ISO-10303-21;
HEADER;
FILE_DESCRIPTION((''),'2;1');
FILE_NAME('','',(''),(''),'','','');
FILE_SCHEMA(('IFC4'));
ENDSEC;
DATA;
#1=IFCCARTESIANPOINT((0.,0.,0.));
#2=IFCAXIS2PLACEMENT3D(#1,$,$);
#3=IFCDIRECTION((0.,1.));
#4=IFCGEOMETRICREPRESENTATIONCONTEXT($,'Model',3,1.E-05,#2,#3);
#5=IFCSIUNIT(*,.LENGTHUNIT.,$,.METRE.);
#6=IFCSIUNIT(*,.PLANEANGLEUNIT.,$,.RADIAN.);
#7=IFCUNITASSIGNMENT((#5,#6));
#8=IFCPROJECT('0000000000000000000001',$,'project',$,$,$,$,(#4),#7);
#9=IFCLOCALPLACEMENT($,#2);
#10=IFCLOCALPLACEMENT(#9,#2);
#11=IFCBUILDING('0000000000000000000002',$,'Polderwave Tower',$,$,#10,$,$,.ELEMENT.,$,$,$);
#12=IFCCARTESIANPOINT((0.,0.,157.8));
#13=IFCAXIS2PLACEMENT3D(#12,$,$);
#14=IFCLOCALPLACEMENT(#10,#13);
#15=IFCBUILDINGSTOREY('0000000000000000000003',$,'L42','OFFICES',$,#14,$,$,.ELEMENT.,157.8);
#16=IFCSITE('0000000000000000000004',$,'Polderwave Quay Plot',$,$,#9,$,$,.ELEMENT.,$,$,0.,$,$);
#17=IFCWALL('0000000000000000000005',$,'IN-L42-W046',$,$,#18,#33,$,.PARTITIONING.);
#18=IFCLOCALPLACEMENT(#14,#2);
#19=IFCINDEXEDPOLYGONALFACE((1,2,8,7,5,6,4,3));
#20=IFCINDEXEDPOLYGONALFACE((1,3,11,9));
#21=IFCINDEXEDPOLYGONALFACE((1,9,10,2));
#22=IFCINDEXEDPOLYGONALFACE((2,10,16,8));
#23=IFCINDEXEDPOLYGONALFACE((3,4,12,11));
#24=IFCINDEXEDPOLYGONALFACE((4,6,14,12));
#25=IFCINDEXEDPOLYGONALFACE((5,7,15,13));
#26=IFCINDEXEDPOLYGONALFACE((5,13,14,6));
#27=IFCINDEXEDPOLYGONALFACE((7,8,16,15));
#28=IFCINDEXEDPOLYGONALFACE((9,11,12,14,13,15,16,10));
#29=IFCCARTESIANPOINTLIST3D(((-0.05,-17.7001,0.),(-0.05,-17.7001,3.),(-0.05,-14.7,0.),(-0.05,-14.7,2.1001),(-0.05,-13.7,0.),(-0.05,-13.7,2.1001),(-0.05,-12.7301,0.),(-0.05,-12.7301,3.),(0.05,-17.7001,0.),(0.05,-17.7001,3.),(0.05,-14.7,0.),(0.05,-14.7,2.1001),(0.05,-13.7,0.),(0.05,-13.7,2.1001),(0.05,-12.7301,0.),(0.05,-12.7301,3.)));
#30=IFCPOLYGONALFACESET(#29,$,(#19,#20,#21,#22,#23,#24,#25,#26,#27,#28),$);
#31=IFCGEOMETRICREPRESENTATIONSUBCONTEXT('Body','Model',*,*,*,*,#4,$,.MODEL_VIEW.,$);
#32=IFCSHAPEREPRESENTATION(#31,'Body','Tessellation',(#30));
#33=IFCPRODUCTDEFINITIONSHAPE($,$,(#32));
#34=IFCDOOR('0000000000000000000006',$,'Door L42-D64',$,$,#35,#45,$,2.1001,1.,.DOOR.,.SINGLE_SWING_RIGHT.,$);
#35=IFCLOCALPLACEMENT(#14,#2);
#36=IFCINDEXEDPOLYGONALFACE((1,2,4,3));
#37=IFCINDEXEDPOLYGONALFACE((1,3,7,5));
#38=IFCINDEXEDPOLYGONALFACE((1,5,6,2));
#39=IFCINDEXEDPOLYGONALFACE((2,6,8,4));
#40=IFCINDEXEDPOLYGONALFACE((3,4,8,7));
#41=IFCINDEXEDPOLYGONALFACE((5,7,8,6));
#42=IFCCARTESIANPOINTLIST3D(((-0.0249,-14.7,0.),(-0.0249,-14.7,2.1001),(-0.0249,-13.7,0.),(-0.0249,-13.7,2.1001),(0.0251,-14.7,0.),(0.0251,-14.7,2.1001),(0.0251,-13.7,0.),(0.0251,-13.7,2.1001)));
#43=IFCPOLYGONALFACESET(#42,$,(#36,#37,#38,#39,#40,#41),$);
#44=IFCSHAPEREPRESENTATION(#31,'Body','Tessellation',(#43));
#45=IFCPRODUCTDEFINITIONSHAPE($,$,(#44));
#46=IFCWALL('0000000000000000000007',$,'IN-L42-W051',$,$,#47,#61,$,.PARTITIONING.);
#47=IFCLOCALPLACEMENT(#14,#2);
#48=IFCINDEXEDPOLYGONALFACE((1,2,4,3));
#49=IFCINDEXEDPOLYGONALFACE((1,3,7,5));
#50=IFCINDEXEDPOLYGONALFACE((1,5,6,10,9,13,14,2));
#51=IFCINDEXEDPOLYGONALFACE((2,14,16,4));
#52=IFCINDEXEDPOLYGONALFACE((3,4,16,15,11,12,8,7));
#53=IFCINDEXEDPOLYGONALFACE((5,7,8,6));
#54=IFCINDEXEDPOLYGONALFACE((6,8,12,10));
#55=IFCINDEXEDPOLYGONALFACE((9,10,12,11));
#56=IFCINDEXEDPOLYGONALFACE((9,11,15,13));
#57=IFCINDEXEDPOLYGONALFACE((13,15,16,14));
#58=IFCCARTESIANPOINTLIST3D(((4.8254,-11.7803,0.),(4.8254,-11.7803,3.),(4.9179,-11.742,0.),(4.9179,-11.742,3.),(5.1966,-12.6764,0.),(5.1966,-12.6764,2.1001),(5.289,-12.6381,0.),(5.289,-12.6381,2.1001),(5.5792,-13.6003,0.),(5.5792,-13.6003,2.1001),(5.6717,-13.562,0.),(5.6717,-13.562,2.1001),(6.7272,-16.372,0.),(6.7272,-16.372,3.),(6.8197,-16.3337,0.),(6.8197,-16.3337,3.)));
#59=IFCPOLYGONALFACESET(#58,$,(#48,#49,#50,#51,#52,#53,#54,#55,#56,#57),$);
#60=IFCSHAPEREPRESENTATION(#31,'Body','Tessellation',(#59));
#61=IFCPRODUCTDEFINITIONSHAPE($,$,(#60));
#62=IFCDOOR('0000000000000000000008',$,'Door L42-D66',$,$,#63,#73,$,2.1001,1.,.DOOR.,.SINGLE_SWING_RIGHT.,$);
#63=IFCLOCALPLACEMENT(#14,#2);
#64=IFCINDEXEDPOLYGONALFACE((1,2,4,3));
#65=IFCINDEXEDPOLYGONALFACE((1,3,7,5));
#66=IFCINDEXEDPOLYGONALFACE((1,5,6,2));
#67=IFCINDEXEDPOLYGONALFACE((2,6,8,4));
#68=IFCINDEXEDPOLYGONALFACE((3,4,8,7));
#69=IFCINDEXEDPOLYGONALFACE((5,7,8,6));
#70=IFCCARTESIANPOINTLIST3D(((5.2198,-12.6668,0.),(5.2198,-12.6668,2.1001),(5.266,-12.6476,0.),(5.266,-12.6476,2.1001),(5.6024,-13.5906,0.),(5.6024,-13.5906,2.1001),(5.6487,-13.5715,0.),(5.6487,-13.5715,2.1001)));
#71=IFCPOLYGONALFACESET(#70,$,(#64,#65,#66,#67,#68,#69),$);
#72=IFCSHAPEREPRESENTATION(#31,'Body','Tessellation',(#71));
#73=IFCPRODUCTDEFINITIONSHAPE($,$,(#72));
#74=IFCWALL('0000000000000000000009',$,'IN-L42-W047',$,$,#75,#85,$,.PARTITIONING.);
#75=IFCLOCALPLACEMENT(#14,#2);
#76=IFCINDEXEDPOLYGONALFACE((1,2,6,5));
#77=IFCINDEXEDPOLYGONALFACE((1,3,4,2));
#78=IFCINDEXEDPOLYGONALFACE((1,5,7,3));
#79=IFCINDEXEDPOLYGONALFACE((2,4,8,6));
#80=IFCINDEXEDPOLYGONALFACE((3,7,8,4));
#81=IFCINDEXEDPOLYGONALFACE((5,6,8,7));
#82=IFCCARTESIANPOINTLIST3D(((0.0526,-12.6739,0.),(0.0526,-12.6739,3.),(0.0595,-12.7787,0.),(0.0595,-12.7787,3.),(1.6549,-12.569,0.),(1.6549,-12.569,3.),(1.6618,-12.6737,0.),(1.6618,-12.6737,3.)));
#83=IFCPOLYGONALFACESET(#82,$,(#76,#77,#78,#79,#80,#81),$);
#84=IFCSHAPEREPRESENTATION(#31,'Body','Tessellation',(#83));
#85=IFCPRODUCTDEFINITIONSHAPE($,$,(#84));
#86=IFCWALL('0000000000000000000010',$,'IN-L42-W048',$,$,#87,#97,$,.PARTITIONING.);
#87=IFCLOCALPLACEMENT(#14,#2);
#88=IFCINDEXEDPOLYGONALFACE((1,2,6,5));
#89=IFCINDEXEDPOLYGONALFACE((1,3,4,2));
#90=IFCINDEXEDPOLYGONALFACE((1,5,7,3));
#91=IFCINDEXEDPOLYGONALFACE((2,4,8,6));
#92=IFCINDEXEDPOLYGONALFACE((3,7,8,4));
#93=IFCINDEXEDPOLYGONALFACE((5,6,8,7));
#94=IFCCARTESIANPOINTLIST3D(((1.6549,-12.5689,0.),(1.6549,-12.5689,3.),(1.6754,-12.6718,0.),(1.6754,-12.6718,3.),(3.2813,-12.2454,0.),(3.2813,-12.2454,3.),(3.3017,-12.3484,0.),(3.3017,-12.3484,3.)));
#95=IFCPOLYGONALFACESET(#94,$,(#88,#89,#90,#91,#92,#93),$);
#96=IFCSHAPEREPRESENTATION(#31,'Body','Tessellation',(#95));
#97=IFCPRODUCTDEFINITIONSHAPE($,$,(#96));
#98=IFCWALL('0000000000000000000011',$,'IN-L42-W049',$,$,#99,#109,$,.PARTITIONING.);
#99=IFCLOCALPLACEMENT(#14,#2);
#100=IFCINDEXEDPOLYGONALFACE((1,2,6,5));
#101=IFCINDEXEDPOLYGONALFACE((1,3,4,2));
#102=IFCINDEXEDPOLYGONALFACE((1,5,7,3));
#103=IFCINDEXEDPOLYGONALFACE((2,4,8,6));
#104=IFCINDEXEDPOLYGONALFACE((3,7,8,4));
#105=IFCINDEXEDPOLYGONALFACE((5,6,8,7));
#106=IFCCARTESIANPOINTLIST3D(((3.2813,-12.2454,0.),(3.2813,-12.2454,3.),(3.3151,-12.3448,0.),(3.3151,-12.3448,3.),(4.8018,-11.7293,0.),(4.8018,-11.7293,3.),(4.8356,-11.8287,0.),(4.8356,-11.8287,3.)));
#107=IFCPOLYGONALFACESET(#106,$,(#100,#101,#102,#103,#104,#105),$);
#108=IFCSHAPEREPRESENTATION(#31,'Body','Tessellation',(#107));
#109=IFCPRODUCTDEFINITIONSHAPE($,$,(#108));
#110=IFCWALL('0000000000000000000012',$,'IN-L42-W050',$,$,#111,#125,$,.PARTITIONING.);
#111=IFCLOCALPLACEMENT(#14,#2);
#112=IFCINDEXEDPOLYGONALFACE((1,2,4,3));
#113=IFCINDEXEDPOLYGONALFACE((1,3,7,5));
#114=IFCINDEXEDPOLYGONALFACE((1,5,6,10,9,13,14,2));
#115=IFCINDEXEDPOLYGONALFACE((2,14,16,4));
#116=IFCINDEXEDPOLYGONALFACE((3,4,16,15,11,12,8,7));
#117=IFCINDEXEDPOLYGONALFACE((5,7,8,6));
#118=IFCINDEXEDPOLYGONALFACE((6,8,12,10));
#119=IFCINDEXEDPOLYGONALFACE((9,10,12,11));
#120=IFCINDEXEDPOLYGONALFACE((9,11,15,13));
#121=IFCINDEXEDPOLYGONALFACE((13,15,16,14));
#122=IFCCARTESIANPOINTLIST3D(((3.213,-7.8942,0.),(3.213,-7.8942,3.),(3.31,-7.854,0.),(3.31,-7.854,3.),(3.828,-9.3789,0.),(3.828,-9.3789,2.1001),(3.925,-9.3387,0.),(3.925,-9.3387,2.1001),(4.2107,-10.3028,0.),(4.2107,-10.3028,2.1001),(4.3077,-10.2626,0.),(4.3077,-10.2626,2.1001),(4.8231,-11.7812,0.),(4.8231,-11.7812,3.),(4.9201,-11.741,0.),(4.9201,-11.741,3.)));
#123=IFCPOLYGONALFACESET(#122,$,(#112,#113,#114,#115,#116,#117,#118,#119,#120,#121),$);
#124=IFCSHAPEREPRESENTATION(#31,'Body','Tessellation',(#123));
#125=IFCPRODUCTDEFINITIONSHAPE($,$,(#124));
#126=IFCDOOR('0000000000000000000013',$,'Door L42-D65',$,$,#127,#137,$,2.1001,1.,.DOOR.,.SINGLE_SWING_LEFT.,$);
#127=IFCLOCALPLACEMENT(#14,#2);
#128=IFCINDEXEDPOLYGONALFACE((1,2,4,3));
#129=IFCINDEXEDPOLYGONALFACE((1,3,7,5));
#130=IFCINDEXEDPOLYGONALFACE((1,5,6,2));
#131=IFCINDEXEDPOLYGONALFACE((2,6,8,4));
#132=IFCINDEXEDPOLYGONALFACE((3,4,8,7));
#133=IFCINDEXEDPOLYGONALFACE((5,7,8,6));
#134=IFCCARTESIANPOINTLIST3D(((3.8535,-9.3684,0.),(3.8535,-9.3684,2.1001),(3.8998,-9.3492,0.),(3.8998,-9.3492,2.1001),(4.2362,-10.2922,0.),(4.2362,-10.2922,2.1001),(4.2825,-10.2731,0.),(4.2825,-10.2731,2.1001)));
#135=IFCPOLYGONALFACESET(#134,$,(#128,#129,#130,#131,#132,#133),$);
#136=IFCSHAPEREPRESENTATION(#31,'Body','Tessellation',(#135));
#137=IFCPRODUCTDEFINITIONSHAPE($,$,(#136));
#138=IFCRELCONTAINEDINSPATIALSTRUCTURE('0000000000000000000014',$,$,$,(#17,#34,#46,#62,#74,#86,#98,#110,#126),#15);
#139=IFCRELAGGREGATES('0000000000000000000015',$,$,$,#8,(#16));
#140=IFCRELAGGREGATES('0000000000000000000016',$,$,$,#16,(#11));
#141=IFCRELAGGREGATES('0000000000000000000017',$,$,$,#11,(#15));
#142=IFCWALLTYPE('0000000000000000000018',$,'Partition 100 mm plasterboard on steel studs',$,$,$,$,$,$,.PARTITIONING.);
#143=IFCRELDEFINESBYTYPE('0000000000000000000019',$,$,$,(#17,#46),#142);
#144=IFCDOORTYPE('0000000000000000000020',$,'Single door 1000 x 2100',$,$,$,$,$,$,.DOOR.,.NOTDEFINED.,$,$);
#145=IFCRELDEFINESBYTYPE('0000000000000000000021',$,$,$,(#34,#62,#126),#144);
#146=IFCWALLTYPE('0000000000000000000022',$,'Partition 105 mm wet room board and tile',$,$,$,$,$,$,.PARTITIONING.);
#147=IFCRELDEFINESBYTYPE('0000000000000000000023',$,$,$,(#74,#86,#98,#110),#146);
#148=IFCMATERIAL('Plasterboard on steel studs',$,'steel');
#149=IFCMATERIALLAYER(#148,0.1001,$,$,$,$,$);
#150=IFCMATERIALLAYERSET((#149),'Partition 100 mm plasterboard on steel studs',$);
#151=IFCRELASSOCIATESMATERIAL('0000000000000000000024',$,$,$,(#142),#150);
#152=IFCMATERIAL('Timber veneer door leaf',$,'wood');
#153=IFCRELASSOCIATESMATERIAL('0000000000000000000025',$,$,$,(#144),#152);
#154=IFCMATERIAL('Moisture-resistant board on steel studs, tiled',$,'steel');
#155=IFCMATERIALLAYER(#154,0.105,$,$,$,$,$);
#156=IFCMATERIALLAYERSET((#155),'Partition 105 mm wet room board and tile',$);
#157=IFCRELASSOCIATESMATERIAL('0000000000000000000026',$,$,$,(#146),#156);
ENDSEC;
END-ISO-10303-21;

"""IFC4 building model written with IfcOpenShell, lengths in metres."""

from ifc_helpers import new_model, si_unit, direction, frame, frame_2d, origin, place, context, subcontext, project, spatial, rectangle, extrude, material, layer, layer_set, type_object, element, fill, save


model = new_model("IFC4")

# Units and contexts
model_context = context("Model", 3, precision=1e-05, world=origin(), true_north=direction((0.0, 1.0)))
body_context = subcontext(model_context, "Body", "Model", "MODEL_VIEW")
ifc_project = project(units=[si_unit("LENGTHUNIT", "METRE"), si_unit("PLANEANGLEUNIT", "RADIAN")], contexts=[model_context])

# Site, building, storey
site_placement = place(None, origin())
site = spatial("IfcSite", under=ifc_project, at=site_placement, Name="Polderwave Quay Plot", CompositionType="ELEMENT", RefElevation=0.0)
building_placement = place(site_placement, origin())
building = spatial("IfcBuilding", under=site, at=building_placement, Name="Polderwave Tower", CompositionType="ELEMENT")
storey_placement = place(building_placement, frame((0.0, 0.0, 157.8)))
storey = spatial("IfcBuildingStorey", under=building, at=storey_placement, Name="L42", Description="OFFICES", CompositionType="ELEMENT", Elevation=157.8)

# Walls, openings, doors
ifc_material_1 = material(Name="Plasterboard on steel studs", Category="steel")
ifc_layer_1 = layer(ifc_material_1, 0.1001)
ifc_layer_set_1 = layer_set([ifc_layer_1], Name="Partition 100 mm plasterboard on steel studs")
wall_type_1 = type_object("IfcWallType", Name="Partition 100 mm plasterboard on steel studs", PredefinedType="PARTITIONING", material=ifc_layer_set_1)
wall_1_placement = place(storey_placement, frame((0.0, -17.7, 0.0), z_axis=(0.0, 0.0, 1.0), x_axis=(0.0, 1.0, 0.0)))
wall_1 = element("IfcWall", 1, at=wall_1_placement, inside=storey, type_object=wall_type_1, Name="IN-L42-W046", PredefinedType="PARTITIONING", context=body_context, shape_type="SweptSolid", body=[
    extrude(rectangle(XDim=4.97, YDim=0.1001, at=frame_2d((2.4849, 0.0))), origin(), (0.0, 0.0, 1.0), 3.0),
])
opening_1_placement = place(wall_1_placement, frame((3.0, 0.0, 0.0)))
opening_1 = element("IfcOpeningElement", 2, at=opening_1_placement, cuts=wall_1, PredefinedType="OPENING", context=body_context, shape_type="SweptSolid", body=[
    extrude(rectangle(XDim=1.0, YDim=2.1001, at=frame_2d((0.5, 1.05))), frame((0.0, 0.0601, 0.0), z_axis=(0.0, -1.0, 0.0), x_axis=(1.0, 0.0, 0.0)), (0.0, 0.0, 1.0), 0.1201),
])
ifc_material_2 = material(Name="Timber veneer door leaf", Category="wood")
door_type = type_object("IfcDoorType", Name="Single door 1000 x 2100", OperationType="NOTDEFINED", PredefinedType="DOOR", material=ifc_material_2)
door_1_placement = place(opening_1_placement, origin())
door_1 = element("IfcDoor", 3, at=door_1_placement, inside=storey, type_object=door_type, Name="Door L42-D64", OperationType="SINGLE_SWING_RIGHT", OverallHeight=2.1001, OverallWidth=1.0, PredefinedType="DOOR", context=body_context, shape_type="SweptSolid", body=[
    extrude(rectangle(XDim=1.0, YDim=2.1001, at=frame_2d((0.5, 1.05))), frame((0.0, 0.0249, 0.0), z_axis=(0.0, -1.0, 0.0), x_axis=(1.0, 0.0, 0.0)), (0.0, 0.0, 1.0), 0.05),
])
fill(opening_1, door_1)
wall_2_placement = place(storey_placement, frame((6.7734, -16.3528, 0.0), z_axis=(0.0, 0.0, 1.0), x_axis=(-0.382661, 0.923889, 0.0)))
wall_2 = element("IfcWall", 4, at=wall_2_placement, inside=storey, type_object=wall_type_1, Name="IN-L42-W051", PredefinedType="PARTITIONING", context=body_context, shape_type="SweptSolid", body=[
    extrude(rectangle(XDim=4.97, YDim=0.1001, at=frame_2d((2.4849, 0.0))), origin(), (0.0, 0.0, 1.0), 3.0),
])
opening_2_placement = place(wall_2_placement, frame((3.0, 0.0, 0.0)))
opening_2 = element("IfcOpeningElement", 5, at=opening_2_placement, cuts=wall_2, PredefinedType="OPENING", context=body_context, shape_type="SweptSolid", body=[
    extrude(rectangle(XDim=1.0, YDim=2.1001, at=frame_2d((0.5, 1.05))), frame((0.0, 0.0601, 0.0), z_axis=(0.0, -1.0, 0.0), x_axis=(1.0, 0.0, 0.0)), (0.0, 0.0, 1.0), 0.1201),
])
door_2_placement = place(opening_2_placement, origin())
door_2 = element("IfcDoor", 6, at=door_2_placement, inside=storey, type_object=door_type, Name="Door L42-D66", OperationType="SINGLE_SWING_RIGHT", OverallHeight=2.1001, OverallWidth=1.0, PredefinedType="DOOR", context=body_context, shape_type="SweptSolid", body=[
    extrude(rectangle(XDim=1.0, YDim=2.1001, at=frame_2d((0.5, 1.05))), frame((0.0, 0.0249, 0.0), z_axis=(0.0, -1.0, 0.0), x_axis=(1.0, 0.0, 0.0)), (0.0, 0.0, 1.0), 0.05),
])
fill(opening_2, door_2)

# Walls
ifc_material_3 = material(Name="Moisture-resistant board on steel studs, tiled", Category="steel")
ifc_layer_2 = layer(ifc_material_3, 0.105)
ifc_layer_set_2 = layer_set([ifc_layer_2], Name="Partition 105 mm wet room board and tile")
wall_type_2 = type_object("IfcWallType", Name="Partition 105 mm wet room board and tile", PredefinedType="PARTITIONING", material=ifc_layer_set_2)
wall_3_placement = place(storey_placement, frame((1.6582, -12.6213, 0.0), z_axis=(0.0, 0.0, 1.0), x_axis=(-0.997861, -0.065379, 0.0)))
element("IfcWall", 7, at=wall_3_placement, inside=storey, type_object=wall_type_2, Name="IN-L42-W047", PredefinedType="PARTITIONING", context=body_context, shape_type="SweptSolid", body=[
    extrude(rectangle(XDim=1.6057, YDim=0.105, at=frame_2d((0.8027, 0.0))), origin(), (0.0, 0.0, 1.0), 3.0),
])
wall_4_placement = place(storey_placement, frame((3.2915, -12.2969, 0.0), z_axis=(0.0, 0.0, 1.0), x_axis=(-0.98079, -0.195068, 0.0)))
element("IfcWall", 8, at=wall_4_placement, inside=storey, type_object=wall_type_2, Name="IN-L42-W048", PredefinedType="PARTITIONING", context=body_context, shape_type="SweptSolid", body=[
    extrude(rectangle(XDim=1.6582, YDim=0.105, at=frame_2d((0.8291, 0.0))), origin(), (0.0, 0.0, 1.0), 3.0),
])
wall_5_placement = place(storey_placement, frame((4.8186, -11.7791, 0.0), z_axis=(0.0, 0.0, 1.0), x_axis=(-0.946936, -0.321423, 0.0)))
element("IfcWall", 9, at=wall_5_placement, inside=storey, type_object=wall_type_2, Name="IN-L42-W049", PredefinedType="PARTITIONING", context=body_context, shape_type="SweptSolid", body=[
    extrude(rectangle(XDim=1.6057, YDim=0.105, at=frame_2d((0.8027, 0.0))), origin(), (0.0, 0.0, 1.0), 3.0),
])

# Wall, opening, door
wall_6_placement = place(storey_placement, frame((4.8716, -11.761, 0.0), z_axis=(0.0, 0.0, 1.0), x_axis=(-0.382699, 0.923873, 0.0)))
wall_6 = element("IfcWall", 10, at=wall_6_placement, inside=storey, type_object=wall_type_2, Name="IN-L42-W050", PredefinedType="PARTITIONING", context=body_context, shape_type="SweptSolid", body=[
    extrude(rectangle(XDim=4.2073, YDim=0.105, at=frame_2d((2.1035, 0.0))), origin(), (0.0, 0.0, 1.0), 3.0),
])
opening_3_placement = place(wall_6_placement, frame((1.6001, 0.0, 0.0)))
opening_3 = element("IfcOpeningElement", 11, at=opening_3_placement, cuts=wall_6, PredefinedType="OPENING", context=body_context, shape_type="SweptSolid", body=[
    extrude(rectangle(XDim=1.0, YDim=2.1001, at=frame_2d((0.5, 1.05))), frame((0.0, 0.0625, 0.0), z_axis=(0.0, -1.0, 0.0), x_axis=(1.0, 0.0, 0.0)), (0.0, 0.0, 1.0), 0.125),
])
door_3_placement = place(opening_3_placement, origin())
door_3 = element("IfcDoor", 12, at=door_3_placement, inside=storey, type_object=door_type, Name="Door L42-D65", OperationType="SINGLE_SWING_LEFT", OverallHeight=2.1001, OverallWidth=1.0, PredefinedType="DOOR", context=body_context, shape_type="SweptSolid", body=[
    extrude(rectangle(XDim=1.0, YDim=2.1001, at=frame_2d((0.5, 1.05))), frame((0.0, 0.0249, 0.0), z_axis=(0.0, -1.0, 0.0), x_axis=(1.0, 0.0, 0.0)), (0.0, 0.0, 1.0), 0.05),
])
fill(opening_3, door_3)

save(model, "model.ifc")
